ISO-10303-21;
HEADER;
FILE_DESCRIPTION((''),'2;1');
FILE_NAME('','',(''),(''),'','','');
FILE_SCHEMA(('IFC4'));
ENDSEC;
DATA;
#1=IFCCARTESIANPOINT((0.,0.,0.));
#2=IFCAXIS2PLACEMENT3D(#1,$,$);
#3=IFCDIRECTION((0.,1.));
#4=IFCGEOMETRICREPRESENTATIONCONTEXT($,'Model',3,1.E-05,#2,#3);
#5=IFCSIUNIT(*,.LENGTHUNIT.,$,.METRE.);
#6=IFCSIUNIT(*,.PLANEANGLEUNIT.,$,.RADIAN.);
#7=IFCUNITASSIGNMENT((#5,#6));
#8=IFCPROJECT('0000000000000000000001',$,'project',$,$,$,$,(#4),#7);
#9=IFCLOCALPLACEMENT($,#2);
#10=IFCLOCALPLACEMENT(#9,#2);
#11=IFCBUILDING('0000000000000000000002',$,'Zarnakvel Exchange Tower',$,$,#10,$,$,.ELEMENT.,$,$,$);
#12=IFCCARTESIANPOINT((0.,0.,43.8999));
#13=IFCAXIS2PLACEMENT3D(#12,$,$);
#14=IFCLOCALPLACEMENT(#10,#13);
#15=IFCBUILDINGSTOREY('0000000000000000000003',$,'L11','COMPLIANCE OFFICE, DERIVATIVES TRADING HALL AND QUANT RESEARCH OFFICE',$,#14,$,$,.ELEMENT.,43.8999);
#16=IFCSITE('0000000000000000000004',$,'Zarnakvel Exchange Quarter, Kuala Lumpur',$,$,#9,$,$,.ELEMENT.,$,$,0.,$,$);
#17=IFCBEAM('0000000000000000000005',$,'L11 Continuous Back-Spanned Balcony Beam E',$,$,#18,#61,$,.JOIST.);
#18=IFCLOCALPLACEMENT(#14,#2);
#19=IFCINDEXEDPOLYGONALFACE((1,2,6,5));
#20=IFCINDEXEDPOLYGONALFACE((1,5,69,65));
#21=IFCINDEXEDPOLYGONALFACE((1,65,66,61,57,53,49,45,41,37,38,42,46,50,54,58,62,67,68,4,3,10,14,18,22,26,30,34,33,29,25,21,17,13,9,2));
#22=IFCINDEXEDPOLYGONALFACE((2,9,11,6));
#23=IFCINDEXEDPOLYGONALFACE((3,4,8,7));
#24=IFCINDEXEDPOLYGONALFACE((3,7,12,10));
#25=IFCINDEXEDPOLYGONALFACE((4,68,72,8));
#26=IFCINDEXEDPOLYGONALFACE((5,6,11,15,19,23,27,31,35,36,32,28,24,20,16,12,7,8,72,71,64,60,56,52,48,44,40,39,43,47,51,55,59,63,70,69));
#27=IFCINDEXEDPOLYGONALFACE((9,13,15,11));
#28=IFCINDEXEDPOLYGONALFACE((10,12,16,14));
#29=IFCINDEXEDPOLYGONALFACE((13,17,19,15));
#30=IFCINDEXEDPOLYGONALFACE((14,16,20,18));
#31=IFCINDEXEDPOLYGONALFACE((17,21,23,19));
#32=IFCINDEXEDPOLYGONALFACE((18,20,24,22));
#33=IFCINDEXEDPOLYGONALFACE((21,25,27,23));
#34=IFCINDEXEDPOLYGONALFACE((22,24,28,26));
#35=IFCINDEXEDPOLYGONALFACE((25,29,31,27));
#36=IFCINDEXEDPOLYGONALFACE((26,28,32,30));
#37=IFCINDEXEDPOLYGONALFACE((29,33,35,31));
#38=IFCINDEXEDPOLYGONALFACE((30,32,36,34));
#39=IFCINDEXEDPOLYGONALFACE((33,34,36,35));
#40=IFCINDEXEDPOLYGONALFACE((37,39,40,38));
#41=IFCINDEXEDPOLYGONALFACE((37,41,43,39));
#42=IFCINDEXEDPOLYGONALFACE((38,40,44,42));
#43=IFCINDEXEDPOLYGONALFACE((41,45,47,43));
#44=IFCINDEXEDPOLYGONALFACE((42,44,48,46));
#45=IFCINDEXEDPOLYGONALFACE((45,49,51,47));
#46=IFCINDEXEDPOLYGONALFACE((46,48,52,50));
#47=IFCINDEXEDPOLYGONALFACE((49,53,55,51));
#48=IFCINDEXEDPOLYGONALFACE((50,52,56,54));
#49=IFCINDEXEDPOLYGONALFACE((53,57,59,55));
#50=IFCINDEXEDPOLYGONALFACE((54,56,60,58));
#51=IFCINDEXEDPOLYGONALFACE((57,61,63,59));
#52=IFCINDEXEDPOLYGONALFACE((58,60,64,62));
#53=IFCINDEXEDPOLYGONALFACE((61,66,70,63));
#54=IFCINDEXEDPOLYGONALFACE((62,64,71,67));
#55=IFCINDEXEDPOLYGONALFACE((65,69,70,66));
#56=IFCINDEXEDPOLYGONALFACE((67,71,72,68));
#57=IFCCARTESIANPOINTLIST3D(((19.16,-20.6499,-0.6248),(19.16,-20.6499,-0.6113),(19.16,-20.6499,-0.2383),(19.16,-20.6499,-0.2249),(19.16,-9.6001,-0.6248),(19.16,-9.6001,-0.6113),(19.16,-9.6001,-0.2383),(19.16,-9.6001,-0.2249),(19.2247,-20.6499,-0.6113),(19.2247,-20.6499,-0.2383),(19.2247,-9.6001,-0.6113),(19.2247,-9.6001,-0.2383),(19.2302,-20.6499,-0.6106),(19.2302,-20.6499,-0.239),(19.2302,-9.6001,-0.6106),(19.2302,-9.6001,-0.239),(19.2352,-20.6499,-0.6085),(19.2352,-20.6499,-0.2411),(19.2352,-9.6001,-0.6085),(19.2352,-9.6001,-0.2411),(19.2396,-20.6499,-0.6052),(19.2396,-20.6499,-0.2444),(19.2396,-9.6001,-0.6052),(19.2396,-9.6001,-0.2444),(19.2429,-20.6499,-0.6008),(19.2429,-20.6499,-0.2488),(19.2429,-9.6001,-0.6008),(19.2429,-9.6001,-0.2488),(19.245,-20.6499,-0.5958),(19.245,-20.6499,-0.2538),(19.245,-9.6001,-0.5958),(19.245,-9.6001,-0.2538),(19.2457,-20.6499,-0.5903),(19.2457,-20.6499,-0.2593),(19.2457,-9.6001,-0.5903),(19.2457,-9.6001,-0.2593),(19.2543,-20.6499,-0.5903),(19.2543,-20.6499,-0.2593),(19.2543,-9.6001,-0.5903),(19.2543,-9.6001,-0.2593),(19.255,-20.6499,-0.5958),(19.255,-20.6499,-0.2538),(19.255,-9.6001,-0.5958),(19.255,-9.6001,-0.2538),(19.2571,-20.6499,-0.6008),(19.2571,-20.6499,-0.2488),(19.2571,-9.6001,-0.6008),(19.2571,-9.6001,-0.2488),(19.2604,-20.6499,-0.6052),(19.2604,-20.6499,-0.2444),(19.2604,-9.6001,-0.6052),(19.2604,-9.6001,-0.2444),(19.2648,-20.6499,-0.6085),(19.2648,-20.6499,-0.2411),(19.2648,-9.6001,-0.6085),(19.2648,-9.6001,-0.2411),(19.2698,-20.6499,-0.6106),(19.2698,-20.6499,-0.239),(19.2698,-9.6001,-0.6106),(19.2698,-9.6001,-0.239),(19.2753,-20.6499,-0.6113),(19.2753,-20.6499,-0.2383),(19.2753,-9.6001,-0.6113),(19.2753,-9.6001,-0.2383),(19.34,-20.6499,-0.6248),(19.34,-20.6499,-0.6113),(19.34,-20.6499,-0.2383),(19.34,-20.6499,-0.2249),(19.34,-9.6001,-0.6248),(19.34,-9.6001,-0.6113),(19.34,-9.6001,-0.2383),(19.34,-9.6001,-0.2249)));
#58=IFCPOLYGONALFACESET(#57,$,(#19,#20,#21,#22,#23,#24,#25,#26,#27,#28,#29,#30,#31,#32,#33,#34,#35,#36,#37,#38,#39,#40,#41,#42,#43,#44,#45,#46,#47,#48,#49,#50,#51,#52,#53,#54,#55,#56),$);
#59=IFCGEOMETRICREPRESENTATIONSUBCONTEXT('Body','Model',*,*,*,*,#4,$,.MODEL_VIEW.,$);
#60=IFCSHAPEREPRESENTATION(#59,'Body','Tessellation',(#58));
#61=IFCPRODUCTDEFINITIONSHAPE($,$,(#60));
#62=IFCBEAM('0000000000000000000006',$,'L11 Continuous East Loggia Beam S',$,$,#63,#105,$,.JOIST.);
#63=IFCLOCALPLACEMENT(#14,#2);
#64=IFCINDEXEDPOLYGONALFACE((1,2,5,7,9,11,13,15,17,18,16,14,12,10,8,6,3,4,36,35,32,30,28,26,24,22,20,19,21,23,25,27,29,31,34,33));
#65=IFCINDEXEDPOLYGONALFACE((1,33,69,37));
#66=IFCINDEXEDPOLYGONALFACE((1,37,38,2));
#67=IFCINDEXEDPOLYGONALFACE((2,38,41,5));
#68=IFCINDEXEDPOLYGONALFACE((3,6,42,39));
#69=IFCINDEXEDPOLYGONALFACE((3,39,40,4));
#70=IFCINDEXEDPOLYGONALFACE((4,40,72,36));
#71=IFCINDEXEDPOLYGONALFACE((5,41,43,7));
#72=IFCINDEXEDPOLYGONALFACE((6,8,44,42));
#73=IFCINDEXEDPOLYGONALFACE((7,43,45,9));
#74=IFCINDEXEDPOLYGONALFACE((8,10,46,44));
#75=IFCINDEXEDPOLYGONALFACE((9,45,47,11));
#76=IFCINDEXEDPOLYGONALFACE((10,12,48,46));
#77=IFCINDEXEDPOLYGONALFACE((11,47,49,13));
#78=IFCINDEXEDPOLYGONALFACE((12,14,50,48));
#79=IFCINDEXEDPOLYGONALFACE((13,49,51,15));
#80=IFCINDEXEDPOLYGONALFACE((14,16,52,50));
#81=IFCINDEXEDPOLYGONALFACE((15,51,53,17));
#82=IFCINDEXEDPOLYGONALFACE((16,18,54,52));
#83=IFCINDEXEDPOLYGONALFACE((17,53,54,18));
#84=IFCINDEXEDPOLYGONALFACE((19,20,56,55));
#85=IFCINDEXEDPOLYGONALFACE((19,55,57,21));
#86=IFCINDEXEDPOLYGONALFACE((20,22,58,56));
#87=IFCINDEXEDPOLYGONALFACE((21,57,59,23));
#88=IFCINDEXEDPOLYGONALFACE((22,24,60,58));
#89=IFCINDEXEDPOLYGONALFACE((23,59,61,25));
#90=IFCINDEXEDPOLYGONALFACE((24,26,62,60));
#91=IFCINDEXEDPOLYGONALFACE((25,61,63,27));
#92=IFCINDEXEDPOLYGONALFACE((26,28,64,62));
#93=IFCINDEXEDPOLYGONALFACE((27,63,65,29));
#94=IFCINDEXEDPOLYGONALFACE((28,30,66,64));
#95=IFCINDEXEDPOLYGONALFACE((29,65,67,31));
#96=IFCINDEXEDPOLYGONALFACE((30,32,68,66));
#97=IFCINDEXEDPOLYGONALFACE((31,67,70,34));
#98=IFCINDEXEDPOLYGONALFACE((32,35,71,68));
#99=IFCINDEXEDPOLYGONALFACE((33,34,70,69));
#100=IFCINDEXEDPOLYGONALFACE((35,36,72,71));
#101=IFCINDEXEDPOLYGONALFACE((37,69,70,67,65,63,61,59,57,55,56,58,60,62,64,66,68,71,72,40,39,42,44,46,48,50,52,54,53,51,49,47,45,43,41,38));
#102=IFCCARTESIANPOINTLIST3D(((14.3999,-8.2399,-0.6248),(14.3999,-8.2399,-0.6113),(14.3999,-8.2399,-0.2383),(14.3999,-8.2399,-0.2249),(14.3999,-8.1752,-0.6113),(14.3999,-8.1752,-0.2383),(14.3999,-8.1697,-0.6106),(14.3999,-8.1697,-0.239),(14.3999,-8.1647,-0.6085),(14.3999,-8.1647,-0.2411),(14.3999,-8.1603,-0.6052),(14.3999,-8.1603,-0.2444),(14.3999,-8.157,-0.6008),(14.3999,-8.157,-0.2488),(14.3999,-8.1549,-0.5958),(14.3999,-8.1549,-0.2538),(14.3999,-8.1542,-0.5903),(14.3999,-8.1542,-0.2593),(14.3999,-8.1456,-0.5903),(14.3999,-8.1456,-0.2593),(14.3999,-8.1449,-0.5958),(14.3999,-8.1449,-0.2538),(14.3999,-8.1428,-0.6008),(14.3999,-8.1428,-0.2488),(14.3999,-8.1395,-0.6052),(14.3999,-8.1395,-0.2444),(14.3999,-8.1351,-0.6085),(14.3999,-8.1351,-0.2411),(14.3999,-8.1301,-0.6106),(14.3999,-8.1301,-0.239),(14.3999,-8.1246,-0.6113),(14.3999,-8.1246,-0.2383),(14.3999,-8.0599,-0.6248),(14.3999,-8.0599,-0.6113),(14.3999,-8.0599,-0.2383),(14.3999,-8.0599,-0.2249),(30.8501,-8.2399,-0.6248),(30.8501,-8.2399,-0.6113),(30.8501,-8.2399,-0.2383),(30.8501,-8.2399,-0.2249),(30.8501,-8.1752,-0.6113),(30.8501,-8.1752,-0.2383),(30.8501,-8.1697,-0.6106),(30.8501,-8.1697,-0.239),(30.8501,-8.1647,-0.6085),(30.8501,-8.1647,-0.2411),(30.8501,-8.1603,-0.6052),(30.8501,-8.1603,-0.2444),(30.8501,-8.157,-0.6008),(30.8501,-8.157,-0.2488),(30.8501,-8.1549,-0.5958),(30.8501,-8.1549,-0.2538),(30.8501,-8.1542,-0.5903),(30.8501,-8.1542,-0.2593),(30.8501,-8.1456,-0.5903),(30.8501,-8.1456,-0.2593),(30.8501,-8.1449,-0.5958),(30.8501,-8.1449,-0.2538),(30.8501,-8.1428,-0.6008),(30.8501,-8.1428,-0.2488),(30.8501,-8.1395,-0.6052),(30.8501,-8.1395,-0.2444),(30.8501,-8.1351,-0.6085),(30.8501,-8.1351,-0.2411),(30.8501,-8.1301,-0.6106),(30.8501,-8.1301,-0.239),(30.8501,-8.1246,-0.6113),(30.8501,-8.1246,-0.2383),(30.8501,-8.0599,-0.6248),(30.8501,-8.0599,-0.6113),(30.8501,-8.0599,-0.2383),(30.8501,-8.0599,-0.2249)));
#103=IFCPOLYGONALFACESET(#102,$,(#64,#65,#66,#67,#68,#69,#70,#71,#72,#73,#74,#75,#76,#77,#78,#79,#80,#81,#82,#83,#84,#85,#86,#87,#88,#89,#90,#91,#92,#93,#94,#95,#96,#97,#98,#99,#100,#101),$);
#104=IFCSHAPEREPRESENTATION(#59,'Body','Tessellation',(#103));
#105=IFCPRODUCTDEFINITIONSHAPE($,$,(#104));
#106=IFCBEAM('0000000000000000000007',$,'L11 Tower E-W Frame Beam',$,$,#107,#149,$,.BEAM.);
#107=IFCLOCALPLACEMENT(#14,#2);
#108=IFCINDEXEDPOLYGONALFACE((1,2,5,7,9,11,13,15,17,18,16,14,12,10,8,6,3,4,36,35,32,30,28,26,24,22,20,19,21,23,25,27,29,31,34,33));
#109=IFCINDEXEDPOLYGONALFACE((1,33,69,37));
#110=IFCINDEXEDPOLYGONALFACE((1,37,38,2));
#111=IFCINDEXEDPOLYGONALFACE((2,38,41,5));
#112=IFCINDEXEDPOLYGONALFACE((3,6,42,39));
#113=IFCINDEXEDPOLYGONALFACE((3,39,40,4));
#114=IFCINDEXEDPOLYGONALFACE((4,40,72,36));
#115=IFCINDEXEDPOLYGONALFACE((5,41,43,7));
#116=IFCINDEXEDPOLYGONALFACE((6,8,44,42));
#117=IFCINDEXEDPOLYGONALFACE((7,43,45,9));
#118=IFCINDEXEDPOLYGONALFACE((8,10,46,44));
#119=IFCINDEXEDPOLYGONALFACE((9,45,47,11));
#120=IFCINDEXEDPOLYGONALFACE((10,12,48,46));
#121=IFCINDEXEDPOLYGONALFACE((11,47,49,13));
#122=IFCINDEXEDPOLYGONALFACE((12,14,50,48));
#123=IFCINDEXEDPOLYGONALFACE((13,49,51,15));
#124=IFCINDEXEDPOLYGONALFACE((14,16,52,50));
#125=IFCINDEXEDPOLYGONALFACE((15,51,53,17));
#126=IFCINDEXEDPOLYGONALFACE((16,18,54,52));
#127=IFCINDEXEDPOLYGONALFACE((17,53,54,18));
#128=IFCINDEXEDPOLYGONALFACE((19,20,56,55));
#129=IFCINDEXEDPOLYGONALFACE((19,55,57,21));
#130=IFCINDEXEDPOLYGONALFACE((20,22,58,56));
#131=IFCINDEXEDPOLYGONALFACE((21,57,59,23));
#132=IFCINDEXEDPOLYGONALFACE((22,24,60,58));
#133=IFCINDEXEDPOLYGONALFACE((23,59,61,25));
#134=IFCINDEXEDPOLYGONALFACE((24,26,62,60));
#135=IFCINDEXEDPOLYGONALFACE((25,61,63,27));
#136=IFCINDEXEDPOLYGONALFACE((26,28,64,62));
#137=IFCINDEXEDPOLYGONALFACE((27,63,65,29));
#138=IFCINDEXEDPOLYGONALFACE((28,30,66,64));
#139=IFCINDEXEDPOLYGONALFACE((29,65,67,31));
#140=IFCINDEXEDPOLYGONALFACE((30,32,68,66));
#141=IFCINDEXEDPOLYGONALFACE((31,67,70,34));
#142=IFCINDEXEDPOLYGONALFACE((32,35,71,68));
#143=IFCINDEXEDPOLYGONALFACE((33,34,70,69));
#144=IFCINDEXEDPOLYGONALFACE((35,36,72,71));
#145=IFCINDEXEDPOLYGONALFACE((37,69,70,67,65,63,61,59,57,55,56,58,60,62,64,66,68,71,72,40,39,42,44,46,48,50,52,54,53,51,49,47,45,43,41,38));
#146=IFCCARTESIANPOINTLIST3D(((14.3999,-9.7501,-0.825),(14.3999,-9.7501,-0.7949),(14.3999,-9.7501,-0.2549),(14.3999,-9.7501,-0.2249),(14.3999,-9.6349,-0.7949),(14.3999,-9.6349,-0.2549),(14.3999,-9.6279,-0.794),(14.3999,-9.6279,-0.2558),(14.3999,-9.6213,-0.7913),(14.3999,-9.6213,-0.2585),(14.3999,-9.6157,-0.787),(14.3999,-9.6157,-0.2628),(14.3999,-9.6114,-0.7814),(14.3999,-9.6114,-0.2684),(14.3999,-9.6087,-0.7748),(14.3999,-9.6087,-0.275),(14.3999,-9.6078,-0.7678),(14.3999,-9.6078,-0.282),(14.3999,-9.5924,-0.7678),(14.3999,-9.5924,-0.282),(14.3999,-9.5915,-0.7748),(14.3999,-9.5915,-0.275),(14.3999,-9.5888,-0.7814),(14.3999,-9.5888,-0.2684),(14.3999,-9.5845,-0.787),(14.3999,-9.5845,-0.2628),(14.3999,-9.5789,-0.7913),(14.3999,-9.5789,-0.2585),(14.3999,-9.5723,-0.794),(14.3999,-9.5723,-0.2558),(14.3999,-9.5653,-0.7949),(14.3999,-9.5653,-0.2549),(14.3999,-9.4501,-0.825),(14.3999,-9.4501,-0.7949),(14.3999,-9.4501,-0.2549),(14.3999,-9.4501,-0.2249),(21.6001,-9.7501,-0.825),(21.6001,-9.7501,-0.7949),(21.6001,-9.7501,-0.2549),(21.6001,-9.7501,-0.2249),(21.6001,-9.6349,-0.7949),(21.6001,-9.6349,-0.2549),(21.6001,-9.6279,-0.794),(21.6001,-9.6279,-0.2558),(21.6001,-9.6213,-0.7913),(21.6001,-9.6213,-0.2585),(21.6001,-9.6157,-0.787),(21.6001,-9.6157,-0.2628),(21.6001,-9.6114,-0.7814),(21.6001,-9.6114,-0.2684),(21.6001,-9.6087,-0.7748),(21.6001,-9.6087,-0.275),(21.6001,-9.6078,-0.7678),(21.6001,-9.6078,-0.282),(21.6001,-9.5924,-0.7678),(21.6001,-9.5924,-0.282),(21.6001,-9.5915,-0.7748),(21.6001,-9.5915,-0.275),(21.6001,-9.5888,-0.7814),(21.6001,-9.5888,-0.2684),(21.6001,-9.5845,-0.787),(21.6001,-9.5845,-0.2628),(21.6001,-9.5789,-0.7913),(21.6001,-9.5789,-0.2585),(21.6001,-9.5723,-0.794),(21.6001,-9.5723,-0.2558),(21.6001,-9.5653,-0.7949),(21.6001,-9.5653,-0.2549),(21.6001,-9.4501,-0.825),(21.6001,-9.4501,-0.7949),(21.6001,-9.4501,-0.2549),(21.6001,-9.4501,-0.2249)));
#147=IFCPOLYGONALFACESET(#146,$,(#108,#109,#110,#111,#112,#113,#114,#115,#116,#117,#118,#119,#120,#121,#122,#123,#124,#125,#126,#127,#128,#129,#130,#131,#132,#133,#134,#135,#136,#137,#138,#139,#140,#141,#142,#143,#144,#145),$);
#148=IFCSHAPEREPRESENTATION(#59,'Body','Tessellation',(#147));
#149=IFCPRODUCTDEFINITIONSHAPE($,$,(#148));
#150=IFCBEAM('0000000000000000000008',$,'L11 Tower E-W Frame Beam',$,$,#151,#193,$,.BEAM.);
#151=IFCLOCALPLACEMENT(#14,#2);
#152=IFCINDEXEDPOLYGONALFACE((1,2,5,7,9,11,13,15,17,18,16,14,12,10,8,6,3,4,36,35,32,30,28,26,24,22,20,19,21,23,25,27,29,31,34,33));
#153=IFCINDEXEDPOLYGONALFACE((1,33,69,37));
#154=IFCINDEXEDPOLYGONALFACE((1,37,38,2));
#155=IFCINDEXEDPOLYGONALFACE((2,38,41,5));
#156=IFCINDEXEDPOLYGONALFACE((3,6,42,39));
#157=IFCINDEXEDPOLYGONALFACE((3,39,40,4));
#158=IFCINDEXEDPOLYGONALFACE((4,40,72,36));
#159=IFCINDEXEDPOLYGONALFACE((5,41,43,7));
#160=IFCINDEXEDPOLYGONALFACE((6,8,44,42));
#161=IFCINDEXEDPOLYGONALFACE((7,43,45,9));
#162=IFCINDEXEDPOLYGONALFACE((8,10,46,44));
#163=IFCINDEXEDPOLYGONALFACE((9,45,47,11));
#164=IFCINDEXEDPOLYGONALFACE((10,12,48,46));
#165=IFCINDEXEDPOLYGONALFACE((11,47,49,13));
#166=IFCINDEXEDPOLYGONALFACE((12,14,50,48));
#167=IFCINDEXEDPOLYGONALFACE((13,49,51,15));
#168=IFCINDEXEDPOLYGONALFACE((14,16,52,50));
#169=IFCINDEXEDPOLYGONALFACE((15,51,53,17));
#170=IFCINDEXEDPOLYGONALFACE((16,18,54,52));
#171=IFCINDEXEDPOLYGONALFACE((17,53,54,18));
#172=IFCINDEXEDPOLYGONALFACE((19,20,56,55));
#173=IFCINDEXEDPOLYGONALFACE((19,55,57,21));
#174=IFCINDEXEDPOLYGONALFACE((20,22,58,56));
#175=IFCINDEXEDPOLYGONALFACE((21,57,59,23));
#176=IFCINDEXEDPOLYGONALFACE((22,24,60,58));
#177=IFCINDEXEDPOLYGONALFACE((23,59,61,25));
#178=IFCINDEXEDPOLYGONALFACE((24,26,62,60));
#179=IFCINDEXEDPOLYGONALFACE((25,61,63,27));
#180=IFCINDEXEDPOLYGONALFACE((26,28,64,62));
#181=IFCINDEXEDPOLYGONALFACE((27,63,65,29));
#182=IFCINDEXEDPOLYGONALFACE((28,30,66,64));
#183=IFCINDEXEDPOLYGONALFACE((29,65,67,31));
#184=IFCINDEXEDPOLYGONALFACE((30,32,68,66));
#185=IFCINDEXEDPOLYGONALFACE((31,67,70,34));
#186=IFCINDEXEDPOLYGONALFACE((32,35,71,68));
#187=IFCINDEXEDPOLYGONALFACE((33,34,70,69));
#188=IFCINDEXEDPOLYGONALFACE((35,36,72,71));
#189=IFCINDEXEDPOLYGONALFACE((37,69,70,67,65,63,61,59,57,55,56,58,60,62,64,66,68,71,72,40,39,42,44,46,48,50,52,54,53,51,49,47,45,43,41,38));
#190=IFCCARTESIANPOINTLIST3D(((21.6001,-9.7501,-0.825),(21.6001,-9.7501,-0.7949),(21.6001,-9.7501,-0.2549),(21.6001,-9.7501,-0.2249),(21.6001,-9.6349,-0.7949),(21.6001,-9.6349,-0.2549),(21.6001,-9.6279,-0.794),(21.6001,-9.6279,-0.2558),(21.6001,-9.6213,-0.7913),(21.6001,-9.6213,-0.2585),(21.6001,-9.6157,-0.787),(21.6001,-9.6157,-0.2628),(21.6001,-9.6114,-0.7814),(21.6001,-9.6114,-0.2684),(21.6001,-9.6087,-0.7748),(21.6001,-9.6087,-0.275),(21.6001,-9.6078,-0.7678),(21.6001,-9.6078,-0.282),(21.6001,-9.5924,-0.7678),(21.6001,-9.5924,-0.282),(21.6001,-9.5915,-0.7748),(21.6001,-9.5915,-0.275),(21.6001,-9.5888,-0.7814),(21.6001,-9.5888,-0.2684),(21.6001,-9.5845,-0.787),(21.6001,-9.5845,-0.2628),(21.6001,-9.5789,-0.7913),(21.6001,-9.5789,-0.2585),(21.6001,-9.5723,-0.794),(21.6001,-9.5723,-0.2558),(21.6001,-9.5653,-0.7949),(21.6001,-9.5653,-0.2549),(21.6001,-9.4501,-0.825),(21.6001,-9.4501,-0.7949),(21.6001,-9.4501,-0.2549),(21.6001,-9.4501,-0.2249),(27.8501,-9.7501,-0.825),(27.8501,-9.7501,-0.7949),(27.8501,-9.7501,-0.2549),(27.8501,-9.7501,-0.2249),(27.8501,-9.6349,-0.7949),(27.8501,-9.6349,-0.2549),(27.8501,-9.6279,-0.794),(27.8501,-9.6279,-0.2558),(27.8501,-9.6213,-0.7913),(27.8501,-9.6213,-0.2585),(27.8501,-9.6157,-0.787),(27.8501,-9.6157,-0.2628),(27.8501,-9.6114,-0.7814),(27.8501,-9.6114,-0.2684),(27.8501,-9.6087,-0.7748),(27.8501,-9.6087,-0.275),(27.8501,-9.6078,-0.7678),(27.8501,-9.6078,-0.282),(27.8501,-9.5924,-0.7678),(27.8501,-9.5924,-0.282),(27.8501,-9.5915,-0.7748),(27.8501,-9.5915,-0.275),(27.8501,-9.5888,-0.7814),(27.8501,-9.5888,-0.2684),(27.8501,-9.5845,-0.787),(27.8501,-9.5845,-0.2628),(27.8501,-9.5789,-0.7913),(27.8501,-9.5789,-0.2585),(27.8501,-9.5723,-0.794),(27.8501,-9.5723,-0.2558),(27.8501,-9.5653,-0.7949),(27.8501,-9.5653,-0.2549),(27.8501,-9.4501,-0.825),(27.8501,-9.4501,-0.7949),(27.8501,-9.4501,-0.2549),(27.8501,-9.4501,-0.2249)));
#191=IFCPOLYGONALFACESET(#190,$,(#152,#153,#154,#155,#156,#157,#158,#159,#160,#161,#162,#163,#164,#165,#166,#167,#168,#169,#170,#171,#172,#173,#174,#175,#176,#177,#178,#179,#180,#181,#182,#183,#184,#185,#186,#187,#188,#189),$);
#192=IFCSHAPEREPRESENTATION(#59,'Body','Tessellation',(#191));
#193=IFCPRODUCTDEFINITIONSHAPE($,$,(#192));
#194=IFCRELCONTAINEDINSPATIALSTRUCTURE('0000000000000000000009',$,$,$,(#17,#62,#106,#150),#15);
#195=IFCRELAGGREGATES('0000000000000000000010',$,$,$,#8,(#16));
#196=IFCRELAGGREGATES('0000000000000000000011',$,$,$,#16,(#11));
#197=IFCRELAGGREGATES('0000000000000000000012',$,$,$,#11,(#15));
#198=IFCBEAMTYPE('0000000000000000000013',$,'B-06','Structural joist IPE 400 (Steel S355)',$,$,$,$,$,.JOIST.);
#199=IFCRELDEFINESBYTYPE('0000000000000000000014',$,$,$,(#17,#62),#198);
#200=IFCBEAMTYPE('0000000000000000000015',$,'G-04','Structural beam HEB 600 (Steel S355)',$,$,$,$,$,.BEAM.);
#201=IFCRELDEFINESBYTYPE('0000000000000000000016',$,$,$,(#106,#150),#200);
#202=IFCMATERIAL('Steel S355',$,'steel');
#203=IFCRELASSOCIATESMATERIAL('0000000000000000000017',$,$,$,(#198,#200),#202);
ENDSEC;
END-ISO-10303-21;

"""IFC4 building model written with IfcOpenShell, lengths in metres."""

from ifc_helpers import new_model, si_unit, direction, frame, origin, origin_2d, place, context, subcontext, project, spatial, i_section, extrude, material, material_profile, profile_set, type_object, element, save


model = new_model("IFC4")

# Units and contexts
model_context = context("Model", 3, precision=1e-05, world=origin(), true_north=direction((0.0, 1.0)))
body_context = subcontext(model_context, "Body", "Model", "MODEL_VIEW")
ifc_project = project(units=[si_unit("LENGTHUNIT", "METRE"), si_unit("PLANEANGLEUNIT", "RADIAN")], contexts=[model_context])

# Site, building, storey
site_placement = place(None, origin())
site = spatial("IfcSite", under=ifc_project, at=site_placement, Name="Zarnakvel Exchange Quarter, Kuala Lumpur", CompositionType="ELEMENT", RefElevation=0.0)
building_placement = place(site_placement, origin())
building = spatial("IfcBuilding", under=site, at=building_placement, Name="Zarnakvel Exchange Tower", CompositionType="ELEMENT")
storey_placement = place(building_placement, frame((0.0, 0.0, 43.8999)))
storey = spatial("IfcBuildingStorey", under=building, at=storey_placement, Name="L11", Description="COMPLIANCE OFFICE, DERIVATIVES TRADING HALL AND QUANT RESEARCH OFFICE", CompositionType="ELEMENT", Elevation=43.8999)

# Shared definitions
ifc_material_1 = material(Name="Steel S355", Category="steel")

# Beams
ifc_material_profile_1 = material_profile(ifc_material_1, i_section(OverallWidth=0.1799, OverallDepth=0.3999, WebThickness=0.0085, FlangeThickness=0.0134, FilletRadius=0.021, at=origin_2d()))
ifc_profile_set_1 = profile_set([ifc_material_profile_1], Name="Steel S355")
beam_type_1 = type_object("IfcBeamType", Name="B-06", Description="Structural joist IPE 400 (Steel S355)", PredefinedType="JOIST", material=ifc_profile_set_1)
beam_1_placement = place(storey_placement, frame((19.25, -9.6001, -0.4248), z_axis=(0.0, -1.0, 0.0), x_axis=(1.0, 0.0, 0.0)))
element("IfcBeam", 1, at=beam_1_placement, inside=storey, type_object=beam_type_1, Name="L11 Continuous Back-Spanned Balcony Beam E", PredefinedType="JOIST", context=body_context, shape_type="SweptSolid", body=[
    extrude(i_section(OverallWidth=0.1799, OverallDepth=0.3999, WebThickness=0.0085, FlangeThickness=0.0134, FilletRadius=0.021, at=origin_2d()), origin(), (0.0, 0.0, 1.0), 11.0498),
])
beam_2_placement = place(storey_placement, frame((14.3999, -8.1499, -0.4248), z_axis=(1.0, 0.0, 0.0), x_axis=(0.0, 1.0, 0.0)))
element("IfcBeam", 2, at=beam_2_placement, inside=storey, type_object=beam_type_1, Name="L11 Continuous East Loggia Beam S", PredefinedType="JOIST", context=body_context, shape_type="SweptSolid", body=[
    extrude(i_section(OverallWidth=0.1799, OverallDepth=0.3999, WebThickness=0.0085, FlangeThickness=0.0134, FilletRadius=0.021, at=origin_2d()), origin(), (0.0, 0.0, 1.0), 16.4502),
])
ifc_material_profile_2 = material_profile(ifc_material_1, i_section(OverallWidth=0.3, OverallDepth=0.6001, WebThickness=0.0154, FlangeThickness=0.03, FilletRadius=0.0271, at=origin_2d()))
ifc_profile_set_2 = profile_set([ifc_material_profile_2], Name="Steel S355")
beam_type_2 = type_object("IfcBeamType", Name="G-04", Description="Structural beam HEB 600 (Steel S355)", PredefinedType="BEAM", material=ifc_profile_set_2)
beam_3_placement = place(storey_placement, frame((14.3999, -9.6001, -0.5249), z_axis=(1.0, 0.0, 0.0), x_axis=(0.0, 1.0, 0.0)))
element("IfcBeam", 3, at=beam_3_placement, inside=storey, type_object=beam_type_2, Name="L11 Tower E-W Frame Beam", PredefinedType="BEAM", context=body_context, shape_type="SweptSolid", body=[
    extrude(i_section(OverallWidth=0.3, OverallDepth=0.6001, WebThickness=0.0154, FlangeThickness=0.03, FilletRadius=0.0271, at=origin_2d()), origin(), (0.0, 0.0, 1.0), 7.2002),
])
beam_4_placement = place(storey_placement, frame((21.6001, -9.6001, -0.5249), z_axis=(1.0, 0.0, 0.0), x_axis=(0.0, 1.0, 0.0)))
element("IfcBeam", 4, at=beam_4_placement, inside=storey, type_object=beam_type_2, Name="L11 Tower E-W Frame Beam", PredefinedType="BEAM", context=body_context, shape_type="SweptSolid", body=[
    extrude(i_section(OverallWidth=0.3, OverallDepth=0.6001, WebThickness=0.0154, FlangeThickness=0.03, FilletRadius=0.0271, at=origin_2d()), origin(), (0.0, 0.0, 1.0), 6.25),
])

save(model, "model.ifc")
